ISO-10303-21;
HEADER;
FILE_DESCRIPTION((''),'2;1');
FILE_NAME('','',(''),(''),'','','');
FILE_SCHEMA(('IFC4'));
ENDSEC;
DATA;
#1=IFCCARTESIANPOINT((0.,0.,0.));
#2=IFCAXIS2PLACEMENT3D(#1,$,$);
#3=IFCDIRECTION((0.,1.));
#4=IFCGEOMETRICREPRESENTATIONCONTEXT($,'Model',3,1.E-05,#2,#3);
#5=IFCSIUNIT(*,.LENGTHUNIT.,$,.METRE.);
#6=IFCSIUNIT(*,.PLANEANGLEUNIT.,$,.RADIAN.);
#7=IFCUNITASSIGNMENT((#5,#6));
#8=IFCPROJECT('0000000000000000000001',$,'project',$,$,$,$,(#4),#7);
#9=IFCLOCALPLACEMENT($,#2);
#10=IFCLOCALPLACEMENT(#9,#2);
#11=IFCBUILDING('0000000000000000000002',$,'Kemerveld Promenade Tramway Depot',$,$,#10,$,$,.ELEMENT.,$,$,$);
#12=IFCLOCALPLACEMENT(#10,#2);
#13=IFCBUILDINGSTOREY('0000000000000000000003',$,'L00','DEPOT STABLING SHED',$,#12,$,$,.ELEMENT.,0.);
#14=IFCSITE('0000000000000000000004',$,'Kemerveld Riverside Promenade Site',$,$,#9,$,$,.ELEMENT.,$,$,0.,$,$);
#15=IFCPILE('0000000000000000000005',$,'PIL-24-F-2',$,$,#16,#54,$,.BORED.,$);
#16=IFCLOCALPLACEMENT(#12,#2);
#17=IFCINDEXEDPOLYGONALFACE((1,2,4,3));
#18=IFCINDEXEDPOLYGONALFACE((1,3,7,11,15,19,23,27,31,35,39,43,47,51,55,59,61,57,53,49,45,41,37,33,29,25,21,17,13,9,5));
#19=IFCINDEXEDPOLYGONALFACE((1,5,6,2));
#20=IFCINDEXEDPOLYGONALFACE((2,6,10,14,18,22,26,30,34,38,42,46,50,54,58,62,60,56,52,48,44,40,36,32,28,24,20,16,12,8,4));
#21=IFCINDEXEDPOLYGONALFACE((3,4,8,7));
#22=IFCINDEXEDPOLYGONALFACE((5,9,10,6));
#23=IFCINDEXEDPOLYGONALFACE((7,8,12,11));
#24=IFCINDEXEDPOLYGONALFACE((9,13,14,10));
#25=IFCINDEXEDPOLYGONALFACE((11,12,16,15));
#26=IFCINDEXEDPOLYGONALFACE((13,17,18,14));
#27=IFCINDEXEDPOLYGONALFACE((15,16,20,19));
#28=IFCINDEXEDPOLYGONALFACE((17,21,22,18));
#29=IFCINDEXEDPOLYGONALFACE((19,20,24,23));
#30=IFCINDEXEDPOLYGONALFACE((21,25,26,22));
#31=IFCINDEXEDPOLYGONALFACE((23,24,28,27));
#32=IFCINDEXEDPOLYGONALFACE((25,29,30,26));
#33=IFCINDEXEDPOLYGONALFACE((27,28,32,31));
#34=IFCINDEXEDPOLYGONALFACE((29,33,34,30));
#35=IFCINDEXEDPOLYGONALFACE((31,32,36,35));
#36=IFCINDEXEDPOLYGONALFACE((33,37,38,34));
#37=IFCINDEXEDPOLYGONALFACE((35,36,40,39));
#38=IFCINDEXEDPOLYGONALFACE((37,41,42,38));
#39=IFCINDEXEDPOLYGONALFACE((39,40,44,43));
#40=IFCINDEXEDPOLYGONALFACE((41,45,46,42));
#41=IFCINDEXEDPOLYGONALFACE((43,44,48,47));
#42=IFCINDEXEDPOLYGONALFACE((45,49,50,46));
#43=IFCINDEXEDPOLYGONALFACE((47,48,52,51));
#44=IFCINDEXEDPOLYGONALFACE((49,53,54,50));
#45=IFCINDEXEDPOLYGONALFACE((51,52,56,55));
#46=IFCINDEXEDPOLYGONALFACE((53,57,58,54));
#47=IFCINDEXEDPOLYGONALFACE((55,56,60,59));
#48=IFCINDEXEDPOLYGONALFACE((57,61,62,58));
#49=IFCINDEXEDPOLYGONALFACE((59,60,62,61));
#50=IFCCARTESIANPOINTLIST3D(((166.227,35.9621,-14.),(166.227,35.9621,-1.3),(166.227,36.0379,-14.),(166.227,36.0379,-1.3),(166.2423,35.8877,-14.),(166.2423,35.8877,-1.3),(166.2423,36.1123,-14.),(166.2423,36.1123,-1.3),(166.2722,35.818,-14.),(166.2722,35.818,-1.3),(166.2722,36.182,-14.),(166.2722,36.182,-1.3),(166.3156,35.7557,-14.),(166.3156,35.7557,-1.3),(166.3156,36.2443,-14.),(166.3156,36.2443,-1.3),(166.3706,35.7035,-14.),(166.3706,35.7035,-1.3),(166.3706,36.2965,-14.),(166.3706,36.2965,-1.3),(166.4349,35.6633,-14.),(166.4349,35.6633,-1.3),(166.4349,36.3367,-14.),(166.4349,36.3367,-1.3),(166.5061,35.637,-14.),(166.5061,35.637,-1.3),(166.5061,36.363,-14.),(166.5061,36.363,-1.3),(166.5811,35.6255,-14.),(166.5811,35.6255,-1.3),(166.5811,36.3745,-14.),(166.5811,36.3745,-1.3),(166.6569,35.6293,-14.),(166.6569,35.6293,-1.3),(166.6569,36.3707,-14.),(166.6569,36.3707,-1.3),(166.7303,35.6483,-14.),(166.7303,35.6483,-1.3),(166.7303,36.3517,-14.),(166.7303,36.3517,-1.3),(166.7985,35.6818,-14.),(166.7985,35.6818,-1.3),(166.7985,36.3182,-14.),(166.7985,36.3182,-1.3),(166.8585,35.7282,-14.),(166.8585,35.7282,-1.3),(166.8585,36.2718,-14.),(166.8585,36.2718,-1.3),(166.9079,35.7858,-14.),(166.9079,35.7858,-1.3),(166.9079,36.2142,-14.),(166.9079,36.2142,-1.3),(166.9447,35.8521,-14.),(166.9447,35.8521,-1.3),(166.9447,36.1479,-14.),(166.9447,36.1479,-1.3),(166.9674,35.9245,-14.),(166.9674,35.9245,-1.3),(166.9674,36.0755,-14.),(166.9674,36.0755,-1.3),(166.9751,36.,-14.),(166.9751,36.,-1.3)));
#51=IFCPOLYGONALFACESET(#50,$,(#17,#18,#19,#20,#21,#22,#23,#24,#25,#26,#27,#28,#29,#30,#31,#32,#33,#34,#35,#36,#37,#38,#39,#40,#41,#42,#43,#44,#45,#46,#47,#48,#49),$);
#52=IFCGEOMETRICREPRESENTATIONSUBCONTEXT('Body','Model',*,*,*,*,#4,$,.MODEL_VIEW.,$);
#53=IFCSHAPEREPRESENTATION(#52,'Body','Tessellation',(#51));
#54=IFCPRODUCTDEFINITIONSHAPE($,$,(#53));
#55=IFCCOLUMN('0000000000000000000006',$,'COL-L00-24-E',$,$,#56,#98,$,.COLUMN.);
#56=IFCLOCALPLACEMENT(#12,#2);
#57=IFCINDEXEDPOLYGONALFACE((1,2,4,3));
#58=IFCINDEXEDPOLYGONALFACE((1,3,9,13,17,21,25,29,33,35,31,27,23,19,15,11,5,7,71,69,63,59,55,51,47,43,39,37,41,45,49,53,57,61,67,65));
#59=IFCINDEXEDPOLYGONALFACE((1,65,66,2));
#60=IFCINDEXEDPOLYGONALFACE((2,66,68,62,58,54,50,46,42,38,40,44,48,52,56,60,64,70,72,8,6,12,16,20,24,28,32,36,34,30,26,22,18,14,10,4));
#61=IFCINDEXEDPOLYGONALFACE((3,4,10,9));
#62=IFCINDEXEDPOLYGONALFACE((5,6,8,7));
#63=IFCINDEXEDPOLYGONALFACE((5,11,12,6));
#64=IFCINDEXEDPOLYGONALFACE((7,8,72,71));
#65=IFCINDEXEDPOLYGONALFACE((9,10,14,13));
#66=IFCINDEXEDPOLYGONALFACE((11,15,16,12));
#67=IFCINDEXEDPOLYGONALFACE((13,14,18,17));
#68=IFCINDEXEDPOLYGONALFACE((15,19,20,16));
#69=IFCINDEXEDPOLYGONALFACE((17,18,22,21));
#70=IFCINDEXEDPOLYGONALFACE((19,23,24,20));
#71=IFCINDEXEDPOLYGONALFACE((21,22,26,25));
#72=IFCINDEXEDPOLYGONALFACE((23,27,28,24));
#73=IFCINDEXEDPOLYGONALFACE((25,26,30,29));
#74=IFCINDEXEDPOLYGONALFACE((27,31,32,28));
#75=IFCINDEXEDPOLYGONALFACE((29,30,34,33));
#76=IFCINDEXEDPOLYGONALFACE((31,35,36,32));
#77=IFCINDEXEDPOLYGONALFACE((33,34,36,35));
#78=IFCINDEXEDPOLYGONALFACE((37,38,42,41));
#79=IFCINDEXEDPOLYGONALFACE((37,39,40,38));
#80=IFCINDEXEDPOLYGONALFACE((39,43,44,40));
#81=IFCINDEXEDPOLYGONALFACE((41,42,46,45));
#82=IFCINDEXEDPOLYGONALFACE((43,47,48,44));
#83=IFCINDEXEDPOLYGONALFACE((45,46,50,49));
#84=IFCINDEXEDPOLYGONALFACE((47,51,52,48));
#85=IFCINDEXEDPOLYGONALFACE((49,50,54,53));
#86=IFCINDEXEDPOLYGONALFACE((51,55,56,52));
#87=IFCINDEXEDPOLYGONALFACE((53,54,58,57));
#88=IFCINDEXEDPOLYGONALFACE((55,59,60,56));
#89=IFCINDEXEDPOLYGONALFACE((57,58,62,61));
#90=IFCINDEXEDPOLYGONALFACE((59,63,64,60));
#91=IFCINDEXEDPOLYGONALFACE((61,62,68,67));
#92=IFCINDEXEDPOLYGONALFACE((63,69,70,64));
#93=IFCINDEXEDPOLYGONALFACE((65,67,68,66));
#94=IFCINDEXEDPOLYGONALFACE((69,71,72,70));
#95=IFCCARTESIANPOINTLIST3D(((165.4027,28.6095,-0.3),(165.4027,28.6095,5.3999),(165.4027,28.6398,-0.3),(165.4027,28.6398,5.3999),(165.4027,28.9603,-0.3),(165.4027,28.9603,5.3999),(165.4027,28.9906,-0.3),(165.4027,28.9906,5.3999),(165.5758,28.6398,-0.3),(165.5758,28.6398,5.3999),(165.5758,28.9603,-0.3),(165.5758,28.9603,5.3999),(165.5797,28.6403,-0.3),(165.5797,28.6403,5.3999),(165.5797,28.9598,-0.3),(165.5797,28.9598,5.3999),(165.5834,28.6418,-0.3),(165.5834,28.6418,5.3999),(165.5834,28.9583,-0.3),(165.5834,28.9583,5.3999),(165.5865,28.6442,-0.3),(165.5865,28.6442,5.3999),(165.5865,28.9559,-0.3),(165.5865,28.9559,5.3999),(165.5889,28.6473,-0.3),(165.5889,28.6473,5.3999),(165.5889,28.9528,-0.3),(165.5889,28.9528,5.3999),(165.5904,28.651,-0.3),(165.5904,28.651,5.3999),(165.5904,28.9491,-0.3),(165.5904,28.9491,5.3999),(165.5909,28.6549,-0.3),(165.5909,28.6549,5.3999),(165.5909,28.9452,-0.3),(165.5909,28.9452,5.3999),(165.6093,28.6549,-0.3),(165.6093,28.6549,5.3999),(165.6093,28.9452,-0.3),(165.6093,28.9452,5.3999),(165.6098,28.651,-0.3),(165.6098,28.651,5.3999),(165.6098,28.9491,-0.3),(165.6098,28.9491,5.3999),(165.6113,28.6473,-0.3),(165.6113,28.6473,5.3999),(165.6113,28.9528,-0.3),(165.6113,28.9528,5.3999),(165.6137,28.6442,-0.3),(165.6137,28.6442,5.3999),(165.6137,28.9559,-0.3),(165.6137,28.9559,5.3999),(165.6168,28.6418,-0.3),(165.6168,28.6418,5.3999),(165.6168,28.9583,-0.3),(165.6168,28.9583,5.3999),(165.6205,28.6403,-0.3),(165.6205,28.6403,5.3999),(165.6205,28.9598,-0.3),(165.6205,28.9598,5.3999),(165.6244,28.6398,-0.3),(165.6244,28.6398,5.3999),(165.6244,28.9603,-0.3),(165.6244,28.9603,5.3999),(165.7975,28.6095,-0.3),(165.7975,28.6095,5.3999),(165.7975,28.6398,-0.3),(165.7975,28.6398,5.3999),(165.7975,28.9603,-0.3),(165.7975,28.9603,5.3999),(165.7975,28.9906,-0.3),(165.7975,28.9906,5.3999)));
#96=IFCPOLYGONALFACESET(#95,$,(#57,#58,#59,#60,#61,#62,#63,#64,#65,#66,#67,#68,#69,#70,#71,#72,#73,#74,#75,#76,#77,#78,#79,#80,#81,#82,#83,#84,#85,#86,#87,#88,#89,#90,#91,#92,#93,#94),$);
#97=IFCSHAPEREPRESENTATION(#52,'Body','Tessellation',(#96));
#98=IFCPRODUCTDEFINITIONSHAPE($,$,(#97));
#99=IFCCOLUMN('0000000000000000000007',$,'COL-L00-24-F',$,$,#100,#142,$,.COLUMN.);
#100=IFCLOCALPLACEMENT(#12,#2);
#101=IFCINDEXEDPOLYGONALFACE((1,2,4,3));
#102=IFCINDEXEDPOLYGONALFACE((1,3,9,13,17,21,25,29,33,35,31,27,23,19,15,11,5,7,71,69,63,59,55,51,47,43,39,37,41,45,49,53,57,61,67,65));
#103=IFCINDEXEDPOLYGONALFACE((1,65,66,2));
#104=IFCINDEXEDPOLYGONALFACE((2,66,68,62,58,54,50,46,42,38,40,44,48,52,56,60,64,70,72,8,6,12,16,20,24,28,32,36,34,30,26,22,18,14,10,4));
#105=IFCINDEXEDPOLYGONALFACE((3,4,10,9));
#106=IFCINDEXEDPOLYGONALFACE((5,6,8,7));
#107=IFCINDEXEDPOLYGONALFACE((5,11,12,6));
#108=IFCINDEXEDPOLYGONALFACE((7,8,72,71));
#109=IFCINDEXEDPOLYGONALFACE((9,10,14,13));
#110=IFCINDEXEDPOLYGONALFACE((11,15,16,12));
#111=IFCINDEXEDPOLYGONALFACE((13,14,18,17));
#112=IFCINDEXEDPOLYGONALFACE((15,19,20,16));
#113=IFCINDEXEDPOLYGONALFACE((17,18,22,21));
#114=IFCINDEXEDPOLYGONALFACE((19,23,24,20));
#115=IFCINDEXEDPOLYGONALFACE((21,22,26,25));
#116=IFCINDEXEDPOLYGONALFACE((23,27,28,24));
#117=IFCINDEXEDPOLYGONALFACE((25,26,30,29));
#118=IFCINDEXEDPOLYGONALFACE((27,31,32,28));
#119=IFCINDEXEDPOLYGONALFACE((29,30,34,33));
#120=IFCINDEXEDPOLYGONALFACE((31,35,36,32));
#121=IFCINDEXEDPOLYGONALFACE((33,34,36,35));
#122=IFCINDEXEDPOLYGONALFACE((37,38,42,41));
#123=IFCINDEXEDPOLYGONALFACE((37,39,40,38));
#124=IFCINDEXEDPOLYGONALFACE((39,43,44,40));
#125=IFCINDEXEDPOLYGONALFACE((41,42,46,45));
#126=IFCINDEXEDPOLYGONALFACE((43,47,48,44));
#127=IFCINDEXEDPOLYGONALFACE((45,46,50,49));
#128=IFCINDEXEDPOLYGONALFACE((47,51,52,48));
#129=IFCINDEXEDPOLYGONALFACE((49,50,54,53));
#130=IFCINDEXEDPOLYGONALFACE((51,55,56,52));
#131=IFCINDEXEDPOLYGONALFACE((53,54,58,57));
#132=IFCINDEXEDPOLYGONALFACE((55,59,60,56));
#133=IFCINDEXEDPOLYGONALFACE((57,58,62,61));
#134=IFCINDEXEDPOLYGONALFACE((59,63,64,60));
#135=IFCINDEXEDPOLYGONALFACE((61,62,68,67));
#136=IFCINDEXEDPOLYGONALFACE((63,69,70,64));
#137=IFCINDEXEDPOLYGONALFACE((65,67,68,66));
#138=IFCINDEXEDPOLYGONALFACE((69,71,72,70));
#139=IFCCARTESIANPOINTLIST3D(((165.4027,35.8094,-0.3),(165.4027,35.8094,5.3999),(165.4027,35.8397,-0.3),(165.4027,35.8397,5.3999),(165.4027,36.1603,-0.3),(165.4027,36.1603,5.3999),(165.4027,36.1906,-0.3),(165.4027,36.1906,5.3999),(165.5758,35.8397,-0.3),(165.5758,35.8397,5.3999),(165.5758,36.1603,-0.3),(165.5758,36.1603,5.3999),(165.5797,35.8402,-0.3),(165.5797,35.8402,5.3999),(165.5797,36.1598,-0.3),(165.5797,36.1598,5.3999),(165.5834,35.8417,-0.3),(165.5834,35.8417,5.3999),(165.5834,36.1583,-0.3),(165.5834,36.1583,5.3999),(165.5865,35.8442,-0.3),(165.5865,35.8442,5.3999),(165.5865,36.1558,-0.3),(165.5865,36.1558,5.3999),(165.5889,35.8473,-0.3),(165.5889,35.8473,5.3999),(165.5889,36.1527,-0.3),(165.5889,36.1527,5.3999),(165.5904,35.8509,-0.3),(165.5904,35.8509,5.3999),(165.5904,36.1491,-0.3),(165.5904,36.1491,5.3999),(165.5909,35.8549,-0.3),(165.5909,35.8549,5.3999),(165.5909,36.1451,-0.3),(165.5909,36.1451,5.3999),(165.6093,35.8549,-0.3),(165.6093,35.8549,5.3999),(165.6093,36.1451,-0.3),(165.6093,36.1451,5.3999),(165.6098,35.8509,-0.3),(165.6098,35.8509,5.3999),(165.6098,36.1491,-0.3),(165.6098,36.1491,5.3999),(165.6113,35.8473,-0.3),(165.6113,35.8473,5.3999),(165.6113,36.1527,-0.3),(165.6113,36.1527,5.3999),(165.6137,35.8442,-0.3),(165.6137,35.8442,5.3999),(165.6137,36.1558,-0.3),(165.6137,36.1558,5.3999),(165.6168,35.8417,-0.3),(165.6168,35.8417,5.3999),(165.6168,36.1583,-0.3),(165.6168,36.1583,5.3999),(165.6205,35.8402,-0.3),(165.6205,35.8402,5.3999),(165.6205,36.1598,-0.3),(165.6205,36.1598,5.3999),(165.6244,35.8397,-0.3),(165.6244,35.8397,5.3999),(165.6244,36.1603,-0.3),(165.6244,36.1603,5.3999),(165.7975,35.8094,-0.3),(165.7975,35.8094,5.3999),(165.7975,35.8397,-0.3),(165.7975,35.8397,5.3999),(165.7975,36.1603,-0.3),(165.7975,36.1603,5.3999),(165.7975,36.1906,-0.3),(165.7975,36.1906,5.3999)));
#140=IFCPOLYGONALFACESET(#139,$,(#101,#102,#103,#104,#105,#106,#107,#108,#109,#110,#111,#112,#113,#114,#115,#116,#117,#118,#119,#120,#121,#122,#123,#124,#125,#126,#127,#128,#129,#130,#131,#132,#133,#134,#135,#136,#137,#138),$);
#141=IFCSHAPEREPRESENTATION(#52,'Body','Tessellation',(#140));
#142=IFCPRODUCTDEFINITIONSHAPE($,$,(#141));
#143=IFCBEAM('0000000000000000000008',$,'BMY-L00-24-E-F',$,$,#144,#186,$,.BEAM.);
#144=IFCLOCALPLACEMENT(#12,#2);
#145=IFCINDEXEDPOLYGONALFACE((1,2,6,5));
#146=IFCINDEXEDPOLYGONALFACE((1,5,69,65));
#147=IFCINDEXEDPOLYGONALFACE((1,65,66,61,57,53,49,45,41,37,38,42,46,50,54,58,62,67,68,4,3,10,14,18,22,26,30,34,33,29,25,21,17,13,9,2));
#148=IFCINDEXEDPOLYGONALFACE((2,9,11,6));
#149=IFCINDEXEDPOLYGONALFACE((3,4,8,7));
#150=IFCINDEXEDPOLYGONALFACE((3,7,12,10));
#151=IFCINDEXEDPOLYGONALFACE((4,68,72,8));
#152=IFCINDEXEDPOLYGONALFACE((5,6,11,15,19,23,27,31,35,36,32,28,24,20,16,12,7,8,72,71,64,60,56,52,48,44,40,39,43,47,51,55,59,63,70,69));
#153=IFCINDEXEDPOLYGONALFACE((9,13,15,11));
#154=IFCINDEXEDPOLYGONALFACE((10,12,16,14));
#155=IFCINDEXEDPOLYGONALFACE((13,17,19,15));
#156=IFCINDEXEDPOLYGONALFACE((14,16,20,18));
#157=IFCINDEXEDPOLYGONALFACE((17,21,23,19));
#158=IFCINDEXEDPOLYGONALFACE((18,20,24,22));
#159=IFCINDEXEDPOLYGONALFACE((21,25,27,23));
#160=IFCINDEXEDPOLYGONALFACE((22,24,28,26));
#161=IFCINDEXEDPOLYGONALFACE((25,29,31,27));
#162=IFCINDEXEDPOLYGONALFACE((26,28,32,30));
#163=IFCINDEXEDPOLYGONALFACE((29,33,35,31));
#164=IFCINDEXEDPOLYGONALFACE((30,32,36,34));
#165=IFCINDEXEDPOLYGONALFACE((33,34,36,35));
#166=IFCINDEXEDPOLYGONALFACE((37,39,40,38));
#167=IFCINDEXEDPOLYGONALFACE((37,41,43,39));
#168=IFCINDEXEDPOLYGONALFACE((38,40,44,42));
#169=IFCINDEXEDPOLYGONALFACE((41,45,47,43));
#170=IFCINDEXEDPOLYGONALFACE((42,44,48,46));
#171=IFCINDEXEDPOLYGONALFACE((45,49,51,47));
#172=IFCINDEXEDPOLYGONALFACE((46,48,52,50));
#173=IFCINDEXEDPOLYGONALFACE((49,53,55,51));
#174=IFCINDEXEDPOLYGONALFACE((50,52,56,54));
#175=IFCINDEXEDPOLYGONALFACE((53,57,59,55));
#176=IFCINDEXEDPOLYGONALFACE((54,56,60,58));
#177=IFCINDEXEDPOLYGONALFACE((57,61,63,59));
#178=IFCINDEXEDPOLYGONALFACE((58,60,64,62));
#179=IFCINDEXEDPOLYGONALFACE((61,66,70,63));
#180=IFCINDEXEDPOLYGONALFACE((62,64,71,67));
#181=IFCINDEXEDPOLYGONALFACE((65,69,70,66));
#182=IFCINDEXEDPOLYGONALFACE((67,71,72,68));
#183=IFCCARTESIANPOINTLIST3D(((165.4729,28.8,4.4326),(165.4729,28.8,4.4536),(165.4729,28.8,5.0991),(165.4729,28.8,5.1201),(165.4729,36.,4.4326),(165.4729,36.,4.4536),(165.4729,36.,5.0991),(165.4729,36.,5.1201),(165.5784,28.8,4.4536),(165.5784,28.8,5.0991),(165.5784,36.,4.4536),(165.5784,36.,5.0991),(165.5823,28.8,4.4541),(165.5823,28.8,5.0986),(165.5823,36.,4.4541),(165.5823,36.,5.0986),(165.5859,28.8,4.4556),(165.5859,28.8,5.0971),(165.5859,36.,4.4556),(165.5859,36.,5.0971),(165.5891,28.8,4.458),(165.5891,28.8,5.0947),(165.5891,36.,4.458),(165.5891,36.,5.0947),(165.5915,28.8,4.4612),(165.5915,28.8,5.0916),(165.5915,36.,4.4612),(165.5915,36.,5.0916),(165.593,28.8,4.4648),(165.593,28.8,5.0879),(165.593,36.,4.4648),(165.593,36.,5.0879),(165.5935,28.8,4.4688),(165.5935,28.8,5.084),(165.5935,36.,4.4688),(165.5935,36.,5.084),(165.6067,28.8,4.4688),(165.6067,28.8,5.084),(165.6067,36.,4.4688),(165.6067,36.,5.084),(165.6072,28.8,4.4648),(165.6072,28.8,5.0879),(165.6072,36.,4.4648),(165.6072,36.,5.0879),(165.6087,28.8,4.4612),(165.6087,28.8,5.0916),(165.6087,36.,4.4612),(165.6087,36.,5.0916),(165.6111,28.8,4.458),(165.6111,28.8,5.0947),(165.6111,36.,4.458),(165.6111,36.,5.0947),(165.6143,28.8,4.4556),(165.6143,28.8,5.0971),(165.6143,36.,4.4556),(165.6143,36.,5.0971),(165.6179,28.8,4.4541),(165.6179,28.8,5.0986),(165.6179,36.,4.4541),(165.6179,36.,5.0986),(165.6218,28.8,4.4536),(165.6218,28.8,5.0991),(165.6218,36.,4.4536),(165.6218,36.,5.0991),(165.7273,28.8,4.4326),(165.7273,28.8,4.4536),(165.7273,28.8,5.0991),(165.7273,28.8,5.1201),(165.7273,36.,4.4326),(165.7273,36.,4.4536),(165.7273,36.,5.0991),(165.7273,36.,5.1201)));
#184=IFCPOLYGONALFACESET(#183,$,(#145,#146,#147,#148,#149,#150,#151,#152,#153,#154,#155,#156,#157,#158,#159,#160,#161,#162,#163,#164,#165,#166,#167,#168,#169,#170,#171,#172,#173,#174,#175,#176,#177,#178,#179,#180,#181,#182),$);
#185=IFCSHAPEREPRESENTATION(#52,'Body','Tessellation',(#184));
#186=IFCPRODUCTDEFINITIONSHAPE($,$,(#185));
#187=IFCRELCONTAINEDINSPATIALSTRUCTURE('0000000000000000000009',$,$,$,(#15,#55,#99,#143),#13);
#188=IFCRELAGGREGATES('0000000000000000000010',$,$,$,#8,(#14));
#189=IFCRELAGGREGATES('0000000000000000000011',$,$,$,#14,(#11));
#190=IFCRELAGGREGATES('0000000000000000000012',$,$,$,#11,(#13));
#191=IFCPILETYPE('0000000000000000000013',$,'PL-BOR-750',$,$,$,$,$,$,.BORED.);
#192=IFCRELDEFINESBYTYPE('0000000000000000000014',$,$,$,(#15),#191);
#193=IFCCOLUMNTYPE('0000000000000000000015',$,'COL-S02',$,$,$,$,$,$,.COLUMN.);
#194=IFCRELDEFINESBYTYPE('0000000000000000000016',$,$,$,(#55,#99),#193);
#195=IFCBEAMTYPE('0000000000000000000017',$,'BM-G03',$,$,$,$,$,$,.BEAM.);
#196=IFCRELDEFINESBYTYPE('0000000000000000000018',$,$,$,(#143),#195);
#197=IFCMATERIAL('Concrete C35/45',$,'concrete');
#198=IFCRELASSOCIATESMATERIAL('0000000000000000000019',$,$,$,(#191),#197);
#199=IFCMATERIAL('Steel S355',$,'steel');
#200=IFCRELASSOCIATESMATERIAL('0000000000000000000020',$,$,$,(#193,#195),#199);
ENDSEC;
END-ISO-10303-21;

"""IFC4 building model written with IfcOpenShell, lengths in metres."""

from ifc_helpers import new_model, si_unit, direction, frame, origin, origin_2d, place, context, subcontext, project, spatial, circle, i_section, extrude, material, material_profile, profile_set, type_object, element, save


model = new_model("IFC4")

# Units and contexts
model_context = context("Model", 3, precision=1e-05, world=origin(), true_north=direction((0.0, 1.0)))
body_context = subcontext(model_context, "Body", "Model", "MODEL_VIEW")
ifc_project = project(units=[si_unit("LENGTHUNIT", "METRE"), si_unit("PLANEANGLEUNIT", "RADIAN")], contexts=[model_context])

# Site, building, storey
site_placement = place(None, origin())
site = spatial("IfcSite", under=ifc_project, at=site_placement, Name="Kemerveld Riverside Promenade Site", CompositionType="ELEMENT", RefElevation=0.0)
building_placement = place(site_placement, origin())
building = spatial("IfcBuilding", under=site, at=building_placement, Name="Kemerveld Promenade Tramway Depot", CompositionType="ELEMENT")
storey_placement = place(building_placement, origin())
storey = spatial("IfcBuildingStorey", under=building, at=storey_placement, Name="L00", Description="DEPOT STABLING SHED", CompositionType="ELEMENT", Elevation=0.0)

# Shared definitions
ifc_material_1 = material(Name="Concrete C35/45", Category="concrete")

# Pile
ifc_material_profile_1 = material_profile(ifc_material_1, circle(Radius=0.375, at=origin_2d()), Name="PILE-D750")
ifc_profile_set_1 = profile_set([ifc_material_profile_1], Name="Concrete C35/45")
pile_type_1 = type_object("IfcPileType", Name="PL-BOR-750", PredefinedType="BORED", material=ifc_profile_set_1)
for number, where, z_axis, x_axis, name in (
    (1, (166.6001, 36.0, -1.3), (0.0, 0.0, -1.0), (1.0, 0.0, 0.0), "PIL-24-F-2"),
):
    element("IfcPile", number, at=place(storey_placement, frame(where, z_axis=z_axis, x_axis=x_axis)), inside=storey, type_object=pile_type_1, Name=name, PredefinedType="BORED", context=body_context, shape_type="SweptSolid", body=[
        extrude(circle(Radius=0.375, at=origin_2d()), origin(), (0.0, 0.0, 1.0), 12.7),
    ])

# Columns
ifc_material_2 = material(Name="Steel S355", Category="steel")
ifc_material_profile_2 = material_profile(ifc_material_2, i_section(OverallWidth=0.3948, OverallDepth=0.3811, WebThickness=0.0183, FlangeThickness=0.0303, FilletRadius=0.0151, at=origin_2d()), Name="356x406x235 UC")
ifc_profile_set_2 = profile_set([ifc_material_profile_2], Name="Steel S355")
column_type = type_object("IfcColumnType", Name="COL-S02", PredefinedType="COLUMN", material=ifc_profile_set_2)
for number, where, z_axis, x_axis, name in (
    (2, (165.6001, 28.8, -0.3), (0.0, 0.0, 1.0), (1.0, 0.0, 0.0), "COL-L00-24-E"),
    (3, (165.6001, 36.0, -0.3), (0.0, 0.0, 1.0), (1.0, 0.0, 0.0), "COL-L00-24-F"),
):
    element("IfcColumn", number, at=place(storey_placement, frame(where, z_axis=z_axis, x_axis=x_axis)), inside=storey, type_object=column_type, Name=name, PredefinedType="COLUMN", context=body_context, shape_type="SweptSolid", body=[
        extrude(i_section(OverallWidth=0.3948, OverallDepth=0.3811, WebThickness=0.0183, FlangeThickness=0.0303, FilletRadius=0.0151, at=origin_2d()), origin(), (0.0, 0.0, 1.0), 5.7),
    ])

# Beam
ifc_material_profile_3 = material_profile(ifc_material_2, i_section(OverallWidth=0.2544, OverallDepth=0.6875, WebThickness=0.0132, FlangeThickness=0.021, FilletRadius=0.0151, at=origin_2d()), Name="686x254x152 UB")
ifc_profile_set_3 = profile_set([ifc_material_profile_3], Name="Steel S355")
beam_type_1 = type_object("IfcBeamType", Name="BM-G03", PredefinedType="BEAM", material=ifc_profile_set_3)
for number, where, z_axis, x_axis, name in (
    (4, (165.6001, 28.8, 4.7764), (0.0, 1.0, 0.0), (-1.0, 0.0, 0.0), "BMY-L00-24-E-F"),
):
    element("IfcBeam", number, at=place(storey_placement, frame(where, z_axis=z_axis, x_axis=x_axis)), inside=storey, type_object=beam_type_1, Name=name, PredefinedType="BEAM", context=body_context, shape_type="SweptSolid", body=[
        extrude(i_section(OverallWidth=0.2544, OverallDepth=0.6875, WebThickness=0.0132, FlangeThickness=0.021, FilletRadius=0.0151, at=origin_2d()), origin(), (0.0, 0.0, 1.0), 7.2),
    ])

save(model, "model.ifc")
